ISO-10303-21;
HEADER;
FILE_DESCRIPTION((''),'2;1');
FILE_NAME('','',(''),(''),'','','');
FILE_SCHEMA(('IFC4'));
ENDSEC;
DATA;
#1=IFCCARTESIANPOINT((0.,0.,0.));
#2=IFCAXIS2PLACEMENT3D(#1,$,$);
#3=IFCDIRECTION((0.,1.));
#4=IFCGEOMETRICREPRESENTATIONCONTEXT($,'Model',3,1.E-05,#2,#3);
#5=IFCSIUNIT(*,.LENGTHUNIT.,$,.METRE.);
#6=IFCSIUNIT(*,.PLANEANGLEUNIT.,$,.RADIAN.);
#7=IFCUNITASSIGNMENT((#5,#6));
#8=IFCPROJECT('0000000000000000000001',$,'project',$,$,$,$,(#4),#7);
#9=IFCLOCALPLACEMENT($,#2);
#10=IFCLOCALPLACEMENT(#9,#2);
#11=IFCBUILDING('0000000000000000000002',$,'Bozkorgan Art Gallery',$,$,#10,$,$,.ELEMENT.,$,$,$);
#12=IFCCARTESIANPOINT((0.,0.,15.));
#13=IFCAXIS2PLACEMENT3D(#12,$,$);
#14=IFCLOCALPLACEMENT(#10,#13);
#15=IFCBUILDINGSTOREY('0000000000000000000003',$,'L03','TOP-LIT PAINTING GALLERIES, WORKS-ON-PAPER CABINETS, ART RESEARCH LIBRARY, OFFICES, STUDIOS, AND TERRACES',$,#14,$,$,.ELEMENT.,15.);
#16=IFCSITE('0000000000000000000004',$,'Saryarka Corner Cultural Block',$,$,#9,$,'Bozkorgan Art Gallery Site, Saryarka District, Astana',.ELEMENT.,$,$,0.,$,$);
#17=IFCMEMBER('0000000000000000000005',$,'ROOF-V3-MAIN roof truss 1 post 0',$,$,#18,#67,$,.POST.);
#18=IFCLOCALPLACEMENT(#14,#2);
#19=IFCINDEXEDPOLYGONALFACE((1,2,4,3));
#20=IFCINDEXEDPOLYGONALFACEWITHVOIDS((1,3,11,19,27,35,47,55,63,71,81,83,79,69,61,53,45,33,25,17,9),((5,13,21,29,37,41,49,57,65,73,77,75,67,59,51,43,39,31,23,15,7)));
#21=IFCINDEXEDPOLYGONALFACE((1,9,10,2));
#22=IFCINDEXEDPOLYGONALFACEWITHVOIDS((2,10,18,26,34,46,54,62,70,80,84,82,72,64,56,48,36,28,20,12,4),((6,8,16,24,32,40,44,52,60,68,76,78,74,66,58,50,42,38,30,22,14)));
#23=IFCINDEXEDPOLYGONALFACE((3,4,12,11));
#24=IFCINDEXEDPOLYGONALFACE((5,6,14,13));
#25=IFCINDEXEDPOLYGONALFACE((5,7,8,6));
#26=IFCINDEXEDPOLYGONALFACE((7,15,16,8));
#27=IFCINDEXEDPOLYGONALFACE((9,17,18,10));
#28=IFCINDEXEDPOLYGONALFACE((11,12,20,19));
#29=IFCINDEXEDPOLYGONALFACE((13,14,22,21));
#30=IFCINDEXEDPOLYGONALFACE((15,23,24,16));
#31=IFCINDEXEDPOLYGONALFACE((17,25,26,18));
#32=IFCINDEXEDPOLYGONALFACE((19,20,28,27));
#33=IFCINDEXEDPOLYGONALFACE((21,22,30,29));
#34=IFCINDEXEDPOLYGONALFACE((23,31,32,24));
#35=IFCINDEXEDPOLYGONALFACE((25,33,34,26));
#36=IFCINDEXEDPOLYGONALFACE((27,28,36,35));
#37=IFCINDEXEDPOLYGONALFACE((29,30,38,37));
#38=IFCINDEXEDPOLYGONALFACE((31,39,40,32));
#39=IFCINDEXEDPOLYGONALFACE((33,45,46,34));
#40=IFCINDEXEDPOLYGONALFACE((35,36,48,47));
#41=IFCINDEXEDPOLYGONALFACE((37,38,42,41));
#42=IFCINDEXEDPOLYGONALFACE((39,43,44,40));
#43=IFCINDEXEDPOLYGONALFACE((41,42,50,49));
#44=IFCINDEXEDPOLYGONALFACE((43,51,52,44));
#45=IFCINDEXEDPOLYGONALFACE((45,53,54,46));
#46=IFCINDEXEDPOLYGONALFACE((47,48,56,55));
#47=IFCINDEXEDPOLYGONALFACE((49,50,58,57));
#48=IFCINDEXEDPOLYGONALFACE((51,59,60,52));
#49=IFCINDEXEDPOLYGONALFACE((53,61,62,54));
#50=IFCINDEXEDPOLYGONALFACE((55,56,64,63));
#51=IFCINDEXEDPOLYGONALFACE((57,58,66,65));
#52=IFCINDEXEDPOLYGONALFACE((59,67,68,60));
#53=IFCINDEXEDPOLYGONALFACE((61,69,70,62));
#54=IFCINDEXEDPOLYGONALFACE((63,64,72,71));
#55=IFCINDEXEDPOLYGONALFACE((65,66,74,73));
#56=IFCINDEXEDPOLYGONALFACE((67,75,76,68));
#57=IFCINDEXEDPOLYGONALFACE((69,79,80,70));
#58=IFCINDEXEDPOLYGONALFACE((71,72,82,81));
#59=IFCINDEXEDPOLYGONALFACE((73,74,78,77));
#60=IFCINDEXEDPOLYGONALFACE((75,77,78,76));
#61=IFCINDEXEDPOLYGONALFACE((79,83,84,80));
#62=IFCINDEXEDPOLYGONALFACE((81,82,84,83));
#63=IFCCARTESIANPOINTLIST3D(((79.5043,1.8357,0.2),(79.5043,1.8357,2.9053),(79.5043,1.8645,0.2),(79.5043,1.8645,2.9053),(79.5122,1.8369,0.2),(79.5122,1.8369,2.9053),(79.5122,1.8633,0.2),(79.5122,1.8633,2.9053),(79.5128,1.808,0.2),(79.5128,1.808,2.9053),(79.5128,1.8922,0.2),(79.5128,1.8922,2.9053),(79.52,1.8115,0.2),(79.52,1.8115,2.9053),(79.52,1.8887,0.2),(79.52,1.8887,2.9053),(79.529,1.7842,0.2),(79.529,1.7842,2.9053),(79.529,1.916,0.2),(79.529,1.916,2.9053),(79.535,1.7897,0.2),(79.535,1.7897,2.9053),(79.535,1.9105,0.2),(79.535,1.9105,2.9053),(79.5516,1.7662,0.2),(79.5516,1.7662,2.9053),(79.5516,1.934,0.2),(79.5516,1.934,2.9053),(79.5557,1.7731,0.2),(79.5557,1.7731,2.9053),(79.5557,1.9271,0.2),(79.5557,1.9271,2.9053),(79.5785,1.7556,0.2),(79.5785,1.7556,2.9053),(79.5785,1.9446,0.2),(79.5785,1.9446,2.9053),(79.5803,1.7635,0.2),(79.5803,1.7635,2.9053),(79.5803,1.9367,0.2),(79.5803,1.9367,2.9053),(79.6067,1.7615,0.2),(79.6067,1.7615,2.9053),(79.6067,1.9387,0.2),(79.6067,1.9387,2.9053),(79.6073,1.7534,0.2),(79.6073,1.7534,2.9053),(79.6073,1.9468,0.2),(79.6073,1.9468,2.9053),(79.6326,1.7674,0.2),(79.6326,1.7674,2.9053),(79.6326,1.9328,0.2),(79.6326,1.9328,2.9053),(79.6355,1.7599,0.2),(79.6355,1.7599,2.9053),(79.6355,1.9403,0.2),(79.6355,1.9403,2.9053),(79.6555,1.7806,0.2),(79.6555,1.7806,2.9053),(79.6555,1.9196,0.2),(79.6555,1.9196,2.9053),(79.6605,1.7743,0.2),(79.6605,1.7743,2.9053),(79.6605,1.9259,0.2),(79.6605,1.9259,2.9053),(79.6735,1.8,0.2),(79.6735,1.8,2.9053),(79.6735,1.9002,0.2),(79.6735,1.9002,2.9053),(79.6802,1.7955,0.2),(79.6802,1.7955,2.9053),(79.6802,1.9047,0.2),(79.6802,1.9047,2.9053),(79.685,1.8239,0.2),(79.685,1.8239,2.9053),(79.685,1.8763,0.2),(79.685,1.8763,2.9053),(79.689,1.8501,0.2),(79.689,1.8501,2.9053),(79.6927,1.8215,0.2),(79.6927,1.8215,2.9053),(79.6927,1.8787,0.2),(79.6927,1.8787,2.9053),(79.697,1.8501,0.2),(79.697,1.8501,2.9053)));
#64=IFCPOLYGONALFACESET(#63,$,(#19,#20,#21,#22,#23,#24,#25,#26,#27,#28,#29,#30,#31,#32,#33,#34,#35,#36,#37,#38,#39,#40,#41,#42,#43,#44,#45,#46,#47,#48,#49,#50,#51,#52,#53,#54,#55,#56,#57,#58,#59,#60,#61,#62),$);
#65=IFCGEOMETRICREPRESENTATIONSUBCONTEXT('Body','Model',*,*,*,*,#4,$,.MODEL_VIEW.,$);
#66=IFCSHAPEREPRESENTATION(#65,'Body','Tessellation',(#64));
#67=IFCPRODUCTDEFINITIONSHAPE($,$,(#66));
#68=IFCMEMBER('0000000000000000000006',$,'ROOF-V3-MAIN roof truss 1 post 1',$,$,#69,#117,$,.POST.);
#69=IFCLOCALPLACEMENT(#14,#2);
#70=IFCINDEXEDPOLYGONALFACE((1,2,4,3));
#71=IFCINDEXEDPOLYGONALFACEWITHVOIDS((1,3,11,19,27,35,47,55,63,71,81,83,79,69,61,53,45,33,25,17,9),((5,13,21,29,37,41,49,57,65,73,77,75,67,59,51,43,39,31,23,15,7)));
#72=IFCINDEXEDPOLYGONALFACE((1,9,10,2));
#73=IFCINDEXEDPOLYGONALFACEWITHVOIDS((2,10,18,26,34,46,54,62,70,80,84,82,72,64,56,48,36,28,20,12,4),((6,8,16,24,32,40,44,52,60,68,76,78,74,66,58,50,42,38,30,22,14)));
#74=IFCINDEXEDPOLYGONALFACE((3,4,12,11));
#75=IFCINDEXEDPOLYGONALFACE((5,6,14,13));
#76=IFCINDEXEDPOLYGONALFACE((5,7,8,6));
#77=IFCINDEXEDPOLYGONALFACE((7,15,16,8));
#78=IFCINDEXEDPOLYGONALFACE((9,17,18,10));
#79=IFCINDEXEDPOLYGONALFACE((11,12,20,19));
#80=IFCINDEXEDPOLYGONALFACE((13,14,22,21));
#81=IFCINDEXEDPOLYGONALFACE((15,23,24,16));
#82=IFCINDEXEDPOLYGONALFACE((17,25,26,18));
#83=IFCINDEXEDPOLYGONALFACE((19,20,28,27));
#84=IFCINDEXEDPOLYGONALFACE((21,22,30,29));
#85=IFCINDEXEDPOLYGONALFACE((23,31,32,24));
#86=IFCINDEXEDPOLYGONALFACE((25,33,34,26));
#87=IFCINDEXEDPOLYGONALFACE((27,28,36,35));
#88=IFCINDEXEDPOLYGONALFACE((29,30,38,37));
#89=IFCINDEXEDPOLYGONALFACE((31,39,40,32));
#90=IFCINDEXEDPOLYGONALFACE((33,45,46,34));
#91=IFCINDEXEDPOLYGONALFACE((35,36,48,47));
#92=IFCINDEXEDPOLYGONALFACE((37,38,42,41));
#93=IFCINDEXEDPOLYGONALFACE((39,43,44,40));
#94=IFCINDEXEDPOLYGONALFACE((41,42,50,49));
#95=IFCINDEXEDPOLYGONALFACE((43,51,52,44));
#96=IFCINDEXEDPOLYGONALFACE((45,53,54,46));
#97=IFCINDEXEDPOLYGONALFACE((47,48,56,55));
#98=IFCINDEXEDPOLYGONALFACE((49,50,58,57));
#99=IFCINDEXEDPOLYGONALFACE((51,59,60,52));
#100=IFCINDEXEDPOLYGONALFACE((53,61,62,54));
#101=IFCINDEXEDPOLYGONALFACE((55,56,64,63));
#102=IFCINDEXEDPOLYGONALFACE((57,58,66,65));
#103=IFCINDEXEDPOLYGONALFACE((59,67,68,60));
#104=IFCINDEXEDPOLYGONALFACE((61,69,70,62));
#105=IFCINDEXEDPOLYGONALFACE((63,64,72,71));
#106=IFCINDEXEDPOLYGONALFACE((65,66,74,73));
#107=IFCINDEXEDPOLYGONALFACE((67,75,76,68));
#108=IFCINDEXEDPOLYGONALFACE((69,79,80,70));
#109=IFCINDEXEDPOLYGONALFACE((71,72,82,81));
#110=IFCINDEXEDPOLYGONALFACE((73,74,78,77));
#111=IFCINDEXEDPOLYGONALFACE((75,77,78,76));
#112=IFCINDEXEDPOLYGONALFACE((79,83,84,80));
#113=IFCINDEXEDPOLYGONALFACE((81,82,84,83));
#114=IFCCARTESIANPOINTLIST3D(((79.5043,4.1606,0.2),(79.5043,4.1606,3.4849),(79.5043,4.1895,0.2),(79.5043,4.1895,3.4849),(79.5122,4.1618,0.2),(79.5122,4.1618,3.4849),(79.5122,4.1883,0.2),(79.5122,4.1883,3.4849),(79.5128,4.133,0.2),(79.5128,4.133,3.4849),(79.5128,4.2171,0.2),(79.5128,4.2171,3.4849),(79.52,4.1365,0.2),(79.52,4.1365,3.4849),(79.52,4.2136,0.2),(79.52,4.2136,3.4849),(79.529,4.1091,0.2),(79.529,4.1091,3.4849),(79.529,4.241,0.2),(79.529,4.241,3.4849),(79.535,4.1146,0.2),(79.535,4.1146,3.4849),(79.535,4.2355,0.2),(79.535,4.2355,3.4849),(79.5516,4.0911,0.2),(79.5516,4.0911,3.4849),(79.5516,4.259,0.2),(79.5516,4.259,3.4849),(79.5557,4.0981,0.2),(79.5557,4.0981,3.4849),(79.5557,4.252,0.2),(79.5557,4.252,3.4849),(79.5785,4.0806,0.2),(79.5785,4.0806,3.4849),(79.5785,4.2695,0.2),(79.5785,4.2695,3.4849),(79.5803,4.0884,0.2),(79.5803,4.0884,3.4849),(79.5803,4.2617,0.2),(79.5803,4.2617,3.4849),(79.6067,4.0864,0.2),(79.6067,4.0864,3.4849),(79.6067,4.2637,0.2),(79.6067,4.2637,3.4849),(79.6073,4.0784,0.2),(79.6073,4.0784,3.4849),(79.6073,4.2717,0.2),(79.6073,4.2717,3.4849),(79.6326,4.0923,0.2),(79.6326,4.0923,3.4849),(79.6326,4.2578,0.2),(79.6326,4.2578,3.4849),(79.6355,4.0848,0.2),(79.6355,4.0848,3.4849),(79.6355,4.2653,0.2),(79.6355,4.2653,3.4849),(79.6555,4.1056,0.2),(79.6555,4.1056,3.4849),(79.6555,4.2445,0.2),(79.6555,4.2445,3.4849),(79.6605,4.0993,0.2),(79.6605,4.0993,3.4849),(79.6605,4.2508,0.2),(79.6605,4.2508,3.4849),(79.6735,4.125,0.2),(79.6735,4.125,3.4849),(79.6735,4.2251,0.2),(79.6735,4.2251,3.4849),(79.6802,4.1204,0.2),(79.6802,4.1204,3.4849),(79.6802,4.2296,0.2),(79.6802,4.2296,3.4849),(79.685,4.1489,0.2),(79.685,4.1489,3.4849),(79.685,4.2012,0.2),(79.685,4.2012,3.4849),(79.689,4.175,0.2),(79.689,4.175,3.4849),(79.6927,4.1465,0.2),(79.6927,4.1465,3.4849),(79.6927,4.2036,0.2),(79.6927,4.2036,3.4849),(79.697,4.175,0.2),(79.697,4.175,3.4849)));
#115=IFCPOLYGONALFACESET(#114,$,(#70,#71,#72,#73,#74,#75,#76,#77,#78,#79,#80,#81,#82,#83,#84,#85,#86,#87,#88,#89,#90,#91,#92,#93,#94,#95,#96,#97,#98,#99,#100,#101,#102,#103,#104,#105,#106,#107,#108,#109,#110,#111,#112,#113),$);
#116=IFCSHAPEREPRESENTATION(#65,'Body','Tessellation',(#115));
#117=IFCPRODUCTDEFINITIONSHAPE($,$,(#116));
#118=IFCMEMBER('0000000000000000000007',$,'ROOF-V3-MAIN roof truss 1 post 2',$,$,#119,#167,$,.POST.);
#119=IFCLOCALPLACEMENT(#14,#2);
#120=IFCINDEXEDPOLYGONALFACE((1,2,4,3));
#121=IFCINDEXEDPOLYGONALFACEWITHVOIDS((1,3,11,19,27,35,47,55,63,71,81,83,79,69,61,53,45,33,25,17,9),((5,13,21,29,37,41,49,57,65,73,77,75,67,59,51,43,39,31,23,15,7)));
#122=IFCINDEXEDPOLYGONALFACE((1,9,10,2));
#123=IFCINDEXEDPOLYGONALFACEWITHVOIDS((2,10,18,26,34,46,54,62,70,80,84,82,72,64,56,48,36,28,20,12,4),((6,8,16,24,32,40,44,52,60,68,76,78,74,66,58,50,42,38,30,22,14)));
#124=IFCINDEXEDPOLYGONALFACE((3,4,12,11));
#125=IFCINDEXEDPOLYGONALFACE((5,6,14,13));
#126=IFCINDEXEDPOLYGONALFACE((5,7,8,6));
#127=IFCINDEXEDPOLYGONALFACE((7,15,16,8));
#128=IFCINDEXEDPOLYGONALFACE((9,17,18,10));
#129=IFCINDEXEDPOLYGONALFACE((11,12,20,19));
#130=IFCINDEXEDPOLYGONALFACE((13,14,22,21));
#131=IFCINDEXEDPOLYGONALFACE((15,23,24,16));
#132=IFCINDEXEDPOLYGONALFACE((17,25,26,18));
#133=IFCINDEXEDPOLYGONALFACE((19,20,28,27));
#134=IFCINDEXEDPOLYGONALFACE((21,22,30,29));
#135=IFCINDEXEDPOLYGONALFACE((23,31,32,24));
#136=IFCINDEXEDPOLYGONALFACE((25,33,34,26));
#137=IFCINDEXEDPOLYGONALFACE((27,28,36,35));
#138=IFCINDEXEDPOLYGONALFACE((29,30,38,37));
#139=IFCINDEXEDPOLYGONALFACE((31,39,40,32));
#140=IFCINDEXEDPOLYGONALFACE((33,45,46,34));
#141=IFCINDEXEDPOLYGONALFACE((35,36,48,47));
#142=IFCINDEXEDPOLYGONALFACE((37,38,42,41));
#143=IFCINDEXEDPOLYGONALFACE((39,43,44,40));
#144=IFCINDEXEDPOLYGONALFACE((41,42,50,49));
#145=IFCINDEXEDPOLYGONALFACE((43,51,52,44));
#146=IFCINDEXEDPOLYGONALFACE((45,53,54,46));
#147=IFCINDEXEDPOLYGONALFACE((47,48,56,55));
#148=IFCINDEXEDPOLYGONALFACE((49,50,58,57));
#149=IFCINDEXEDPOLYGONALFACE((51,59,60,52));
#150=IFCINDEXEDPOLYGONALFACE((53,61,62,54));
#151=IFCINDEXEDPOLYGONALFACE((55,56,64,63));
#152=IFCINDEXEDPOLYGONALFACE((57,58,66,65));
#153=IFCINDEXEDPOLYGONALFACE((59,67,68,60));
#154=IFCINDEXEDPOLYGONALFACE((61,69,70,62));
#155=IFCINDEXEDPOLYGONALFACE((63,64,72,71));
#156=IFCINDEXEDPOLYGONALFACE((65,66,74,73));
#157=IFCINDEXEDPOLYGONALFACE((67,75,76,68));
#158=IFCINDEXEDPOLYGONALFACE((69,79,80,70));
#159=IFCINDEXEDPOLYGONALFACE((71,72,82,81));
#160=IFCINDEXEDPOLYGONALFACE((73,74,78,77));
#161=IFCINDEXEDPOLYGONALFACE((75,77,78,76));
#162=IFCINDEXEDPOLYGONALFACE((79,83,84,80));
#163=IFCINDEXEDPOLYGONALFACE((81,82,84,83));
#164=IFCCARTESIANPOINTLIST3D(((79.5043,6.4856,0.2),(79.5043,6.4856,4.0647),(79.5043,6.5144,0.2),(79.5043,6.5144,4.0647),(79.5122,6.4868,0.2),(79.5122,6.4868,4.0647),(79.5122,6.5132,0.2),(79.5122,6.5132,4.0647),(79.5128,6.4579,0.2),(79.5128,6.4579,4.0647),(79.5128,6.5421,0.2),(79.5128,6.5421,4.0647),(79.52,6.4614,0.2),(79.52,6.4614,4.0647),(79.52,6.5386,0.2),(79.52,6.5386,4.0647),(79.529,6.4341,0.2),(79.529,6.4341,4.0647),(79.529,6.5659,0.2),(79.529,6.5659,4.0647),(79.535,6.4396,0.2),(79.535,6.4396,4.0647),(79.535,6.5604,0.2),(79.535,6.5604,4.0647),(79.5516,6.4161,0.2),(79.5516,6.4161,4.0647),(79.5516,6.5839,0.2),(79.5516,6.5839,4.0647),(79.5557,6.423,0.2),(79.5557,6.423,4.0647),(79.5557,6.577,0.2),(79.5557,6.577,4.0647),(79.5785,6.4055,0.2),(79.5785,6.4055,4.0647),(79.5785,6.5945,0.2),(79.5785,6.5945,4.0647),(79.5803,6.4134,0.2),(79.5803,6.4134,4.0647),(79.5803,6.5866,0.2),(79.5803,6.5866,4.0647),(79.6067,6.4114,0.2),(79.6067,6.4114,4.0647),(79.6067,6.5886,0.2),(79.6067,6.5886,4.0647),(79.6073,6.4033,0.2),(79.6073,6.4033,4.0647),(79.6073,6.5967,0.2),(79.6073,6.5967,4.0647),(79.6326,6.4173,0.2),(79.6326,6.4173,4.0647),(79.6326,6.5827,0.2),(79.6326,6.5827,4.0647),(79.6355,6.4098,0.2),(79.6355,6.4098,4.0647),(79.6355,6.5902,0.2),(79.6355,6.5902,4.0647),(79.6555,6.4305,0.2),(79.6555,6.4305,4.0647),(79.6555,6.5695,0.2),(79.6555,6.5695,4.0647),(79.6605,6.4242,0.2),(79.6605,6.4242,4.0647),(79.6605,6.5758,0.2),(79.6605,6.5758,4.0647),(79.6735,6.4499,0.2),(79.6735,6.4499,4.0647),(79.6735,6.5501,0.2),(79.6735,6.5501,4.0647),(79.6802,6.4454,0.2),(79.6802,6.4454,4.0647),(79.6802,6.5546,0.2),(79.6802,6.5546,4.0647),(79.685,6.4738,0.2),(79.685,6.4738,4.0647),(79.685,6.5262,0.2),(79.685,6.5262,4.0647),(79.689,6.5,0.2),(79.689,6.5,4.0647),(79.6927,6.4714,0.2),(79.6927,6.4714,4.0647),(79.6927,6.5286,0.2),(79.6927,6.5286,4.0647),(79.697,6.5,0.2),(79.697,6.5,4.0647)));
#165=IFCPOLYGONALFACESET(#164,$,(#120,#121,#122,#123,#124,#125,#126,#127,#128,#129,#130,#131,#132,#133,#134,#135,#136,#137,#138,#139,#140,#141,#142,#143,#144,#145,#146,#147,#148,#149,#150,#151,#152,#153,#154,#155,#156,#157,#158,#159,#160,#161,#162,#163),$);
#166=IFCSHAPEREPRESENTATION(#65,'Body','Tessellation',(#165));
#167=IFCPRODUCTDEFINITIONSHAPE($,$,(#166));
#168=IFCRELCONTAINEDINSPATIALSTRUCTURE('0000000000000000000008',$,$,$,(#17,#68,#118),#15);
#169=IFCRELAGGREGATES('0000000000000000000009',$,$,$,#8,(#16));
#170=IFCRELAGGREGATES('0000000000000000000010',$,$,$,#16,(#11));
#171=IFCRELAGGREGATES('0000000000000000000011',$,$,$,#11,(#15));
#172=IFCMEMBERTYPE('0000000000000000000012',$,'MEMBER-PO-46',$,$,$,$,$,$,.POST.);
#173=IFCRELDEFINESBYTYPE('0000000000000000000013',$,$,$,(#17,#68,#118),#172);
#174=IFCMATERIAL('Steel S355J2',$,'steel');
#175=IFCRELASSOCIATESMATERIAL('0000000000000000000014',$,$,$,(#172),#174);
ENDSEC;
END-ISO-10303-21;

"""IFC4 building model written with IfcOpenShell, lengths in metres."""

from ifc_helpers import new_model, si_unit, direction, frame, origin, origin_2d, place, context, subcontext, project, spatial, hollow_circle, extrude, material, material_profile, profile_set, type_object, element, save


model = new_model("IFC4")

# Units and contexts
model_context = context("Model", 3, precision=1e-05, world=origin(), true_north=direction((0.0, 1.0)))
body_context = subcontext(model_context, "Body", "Model", "MODEL_VIEW")
ifc_project = project(units=[si_unit("LENGTHUNIT", "METRE"), si_unit("PLANEANGLEUNIT", "RADIAN")], contexts=[model_context])

# Site, building, storey
site_placement = place(None, origin())
site = spatial("IfcSite", under=ifc_project, at=site_placement, Name="Saryarka Corner Cultural Block", LongName="Bozkorgan Art Gallery Site, Saryarka District, Astana", CompositionType="ELEMENT", RefElevation=0.0)
building_placement = place(site_placement, origin())
building = spatial("IfcBuilding", under=site, at=building_placement, Name="Bozkorgan Art Gallery", CompositionType="ELEMENT")
storey_placement = place(building_placement, frame((0.0, 0.0, 15.0)))
storey = spatial("IfcBuildingStorey", under=building, at=storey_placement, Name="L03", Description="TOP-LIT PAINTING GALLERIES, WORKS-ON-PAPER CABINETS, ART RESEARCH LIBRARY, OFFICES, STUDIOS, AND TERRACES", CompositionType="ELEMENT", Elevation=15.0)

# Shared definitions
ifc_material_1 = material(Name="Steel S355J2", Category="steel")

# Members
ifc_material_profile_1 = material_profile(ifc_material_1, hollow_circle(Radius=0.0969, WallThickness=0.0081, at=origin_2d()), Name="CHS 193.7x8")
ifc_profile_set_1 = profile_set([ifc_material_profile_1], Name="Steel S355J2")
member_type_1 = type_object("IfcMemberType", Name="MEMBER-PO-46", PredefinedType="POST", material=ifc_profile_set_1)
member_1_placement = place(storey_placement, frame((79.6001, 1.8501, 0.2), z_axis=(0.0, 0.0, 1.0), x_axis=(1.0, 0.0, 0.0)))
element("IfcMember", 1, at=member_1_placement, inside=storey, type_object=member_type_1, Name="ROOF-V3-MAIN roof truss 1 post 0", PredefinedType="POST", context=body_context, shape_type="SweptSolid", body=[
    extrude(hollow_circle(Radius=0.0969, WallThickness=0.0081, at=origin_2d()), origin(), (0.0, 0.0, 1.0), 2.7053),
])
member_2_placement = place(storey_placement, frame((79.6001, 4.175, 0.2), z_axis=(0.0, 0.0, 1.0), x_axis=(1.0, 0.0, 0.0)))
element("IfcMember", 2, at=member_2_placement, inside=storey, type_object=member_type_1, Name="ROOF-V3-MAIN roof truss 1 post 1", PredefinedType="POST", context=body_context, shape_type="SweptSolid", body=[
    extrude(hollow_circle(Radius=0.0969, WallThickness=0.0081, at=origin_2d()), origin(), (0.0, 0.0, 1.0), 3.2849),
])
member_3_placement = place(storey_placement, frame((79.6001, 6.5, 0.2), z_axis=(0.0, 0.0, 1.0), x_axis=(1.0, 0.0, 0.0)))
element("IfcMember", 3, at=member_3_placement, inside=storey, type_object=member_type_1, Name="ROOF-V3-MAIN roof truss 1 post 2", PredefinedType="POST", context=body_context, shape_type="SweptSolid", body=[
    extrude(hollow_circle(Radius=0.0969, WallThickness=0.0081, at=origin_2d()), origin(), (0.0, 0.0, 1.0), 3.8647),
])

save(model, "model.ifc")
